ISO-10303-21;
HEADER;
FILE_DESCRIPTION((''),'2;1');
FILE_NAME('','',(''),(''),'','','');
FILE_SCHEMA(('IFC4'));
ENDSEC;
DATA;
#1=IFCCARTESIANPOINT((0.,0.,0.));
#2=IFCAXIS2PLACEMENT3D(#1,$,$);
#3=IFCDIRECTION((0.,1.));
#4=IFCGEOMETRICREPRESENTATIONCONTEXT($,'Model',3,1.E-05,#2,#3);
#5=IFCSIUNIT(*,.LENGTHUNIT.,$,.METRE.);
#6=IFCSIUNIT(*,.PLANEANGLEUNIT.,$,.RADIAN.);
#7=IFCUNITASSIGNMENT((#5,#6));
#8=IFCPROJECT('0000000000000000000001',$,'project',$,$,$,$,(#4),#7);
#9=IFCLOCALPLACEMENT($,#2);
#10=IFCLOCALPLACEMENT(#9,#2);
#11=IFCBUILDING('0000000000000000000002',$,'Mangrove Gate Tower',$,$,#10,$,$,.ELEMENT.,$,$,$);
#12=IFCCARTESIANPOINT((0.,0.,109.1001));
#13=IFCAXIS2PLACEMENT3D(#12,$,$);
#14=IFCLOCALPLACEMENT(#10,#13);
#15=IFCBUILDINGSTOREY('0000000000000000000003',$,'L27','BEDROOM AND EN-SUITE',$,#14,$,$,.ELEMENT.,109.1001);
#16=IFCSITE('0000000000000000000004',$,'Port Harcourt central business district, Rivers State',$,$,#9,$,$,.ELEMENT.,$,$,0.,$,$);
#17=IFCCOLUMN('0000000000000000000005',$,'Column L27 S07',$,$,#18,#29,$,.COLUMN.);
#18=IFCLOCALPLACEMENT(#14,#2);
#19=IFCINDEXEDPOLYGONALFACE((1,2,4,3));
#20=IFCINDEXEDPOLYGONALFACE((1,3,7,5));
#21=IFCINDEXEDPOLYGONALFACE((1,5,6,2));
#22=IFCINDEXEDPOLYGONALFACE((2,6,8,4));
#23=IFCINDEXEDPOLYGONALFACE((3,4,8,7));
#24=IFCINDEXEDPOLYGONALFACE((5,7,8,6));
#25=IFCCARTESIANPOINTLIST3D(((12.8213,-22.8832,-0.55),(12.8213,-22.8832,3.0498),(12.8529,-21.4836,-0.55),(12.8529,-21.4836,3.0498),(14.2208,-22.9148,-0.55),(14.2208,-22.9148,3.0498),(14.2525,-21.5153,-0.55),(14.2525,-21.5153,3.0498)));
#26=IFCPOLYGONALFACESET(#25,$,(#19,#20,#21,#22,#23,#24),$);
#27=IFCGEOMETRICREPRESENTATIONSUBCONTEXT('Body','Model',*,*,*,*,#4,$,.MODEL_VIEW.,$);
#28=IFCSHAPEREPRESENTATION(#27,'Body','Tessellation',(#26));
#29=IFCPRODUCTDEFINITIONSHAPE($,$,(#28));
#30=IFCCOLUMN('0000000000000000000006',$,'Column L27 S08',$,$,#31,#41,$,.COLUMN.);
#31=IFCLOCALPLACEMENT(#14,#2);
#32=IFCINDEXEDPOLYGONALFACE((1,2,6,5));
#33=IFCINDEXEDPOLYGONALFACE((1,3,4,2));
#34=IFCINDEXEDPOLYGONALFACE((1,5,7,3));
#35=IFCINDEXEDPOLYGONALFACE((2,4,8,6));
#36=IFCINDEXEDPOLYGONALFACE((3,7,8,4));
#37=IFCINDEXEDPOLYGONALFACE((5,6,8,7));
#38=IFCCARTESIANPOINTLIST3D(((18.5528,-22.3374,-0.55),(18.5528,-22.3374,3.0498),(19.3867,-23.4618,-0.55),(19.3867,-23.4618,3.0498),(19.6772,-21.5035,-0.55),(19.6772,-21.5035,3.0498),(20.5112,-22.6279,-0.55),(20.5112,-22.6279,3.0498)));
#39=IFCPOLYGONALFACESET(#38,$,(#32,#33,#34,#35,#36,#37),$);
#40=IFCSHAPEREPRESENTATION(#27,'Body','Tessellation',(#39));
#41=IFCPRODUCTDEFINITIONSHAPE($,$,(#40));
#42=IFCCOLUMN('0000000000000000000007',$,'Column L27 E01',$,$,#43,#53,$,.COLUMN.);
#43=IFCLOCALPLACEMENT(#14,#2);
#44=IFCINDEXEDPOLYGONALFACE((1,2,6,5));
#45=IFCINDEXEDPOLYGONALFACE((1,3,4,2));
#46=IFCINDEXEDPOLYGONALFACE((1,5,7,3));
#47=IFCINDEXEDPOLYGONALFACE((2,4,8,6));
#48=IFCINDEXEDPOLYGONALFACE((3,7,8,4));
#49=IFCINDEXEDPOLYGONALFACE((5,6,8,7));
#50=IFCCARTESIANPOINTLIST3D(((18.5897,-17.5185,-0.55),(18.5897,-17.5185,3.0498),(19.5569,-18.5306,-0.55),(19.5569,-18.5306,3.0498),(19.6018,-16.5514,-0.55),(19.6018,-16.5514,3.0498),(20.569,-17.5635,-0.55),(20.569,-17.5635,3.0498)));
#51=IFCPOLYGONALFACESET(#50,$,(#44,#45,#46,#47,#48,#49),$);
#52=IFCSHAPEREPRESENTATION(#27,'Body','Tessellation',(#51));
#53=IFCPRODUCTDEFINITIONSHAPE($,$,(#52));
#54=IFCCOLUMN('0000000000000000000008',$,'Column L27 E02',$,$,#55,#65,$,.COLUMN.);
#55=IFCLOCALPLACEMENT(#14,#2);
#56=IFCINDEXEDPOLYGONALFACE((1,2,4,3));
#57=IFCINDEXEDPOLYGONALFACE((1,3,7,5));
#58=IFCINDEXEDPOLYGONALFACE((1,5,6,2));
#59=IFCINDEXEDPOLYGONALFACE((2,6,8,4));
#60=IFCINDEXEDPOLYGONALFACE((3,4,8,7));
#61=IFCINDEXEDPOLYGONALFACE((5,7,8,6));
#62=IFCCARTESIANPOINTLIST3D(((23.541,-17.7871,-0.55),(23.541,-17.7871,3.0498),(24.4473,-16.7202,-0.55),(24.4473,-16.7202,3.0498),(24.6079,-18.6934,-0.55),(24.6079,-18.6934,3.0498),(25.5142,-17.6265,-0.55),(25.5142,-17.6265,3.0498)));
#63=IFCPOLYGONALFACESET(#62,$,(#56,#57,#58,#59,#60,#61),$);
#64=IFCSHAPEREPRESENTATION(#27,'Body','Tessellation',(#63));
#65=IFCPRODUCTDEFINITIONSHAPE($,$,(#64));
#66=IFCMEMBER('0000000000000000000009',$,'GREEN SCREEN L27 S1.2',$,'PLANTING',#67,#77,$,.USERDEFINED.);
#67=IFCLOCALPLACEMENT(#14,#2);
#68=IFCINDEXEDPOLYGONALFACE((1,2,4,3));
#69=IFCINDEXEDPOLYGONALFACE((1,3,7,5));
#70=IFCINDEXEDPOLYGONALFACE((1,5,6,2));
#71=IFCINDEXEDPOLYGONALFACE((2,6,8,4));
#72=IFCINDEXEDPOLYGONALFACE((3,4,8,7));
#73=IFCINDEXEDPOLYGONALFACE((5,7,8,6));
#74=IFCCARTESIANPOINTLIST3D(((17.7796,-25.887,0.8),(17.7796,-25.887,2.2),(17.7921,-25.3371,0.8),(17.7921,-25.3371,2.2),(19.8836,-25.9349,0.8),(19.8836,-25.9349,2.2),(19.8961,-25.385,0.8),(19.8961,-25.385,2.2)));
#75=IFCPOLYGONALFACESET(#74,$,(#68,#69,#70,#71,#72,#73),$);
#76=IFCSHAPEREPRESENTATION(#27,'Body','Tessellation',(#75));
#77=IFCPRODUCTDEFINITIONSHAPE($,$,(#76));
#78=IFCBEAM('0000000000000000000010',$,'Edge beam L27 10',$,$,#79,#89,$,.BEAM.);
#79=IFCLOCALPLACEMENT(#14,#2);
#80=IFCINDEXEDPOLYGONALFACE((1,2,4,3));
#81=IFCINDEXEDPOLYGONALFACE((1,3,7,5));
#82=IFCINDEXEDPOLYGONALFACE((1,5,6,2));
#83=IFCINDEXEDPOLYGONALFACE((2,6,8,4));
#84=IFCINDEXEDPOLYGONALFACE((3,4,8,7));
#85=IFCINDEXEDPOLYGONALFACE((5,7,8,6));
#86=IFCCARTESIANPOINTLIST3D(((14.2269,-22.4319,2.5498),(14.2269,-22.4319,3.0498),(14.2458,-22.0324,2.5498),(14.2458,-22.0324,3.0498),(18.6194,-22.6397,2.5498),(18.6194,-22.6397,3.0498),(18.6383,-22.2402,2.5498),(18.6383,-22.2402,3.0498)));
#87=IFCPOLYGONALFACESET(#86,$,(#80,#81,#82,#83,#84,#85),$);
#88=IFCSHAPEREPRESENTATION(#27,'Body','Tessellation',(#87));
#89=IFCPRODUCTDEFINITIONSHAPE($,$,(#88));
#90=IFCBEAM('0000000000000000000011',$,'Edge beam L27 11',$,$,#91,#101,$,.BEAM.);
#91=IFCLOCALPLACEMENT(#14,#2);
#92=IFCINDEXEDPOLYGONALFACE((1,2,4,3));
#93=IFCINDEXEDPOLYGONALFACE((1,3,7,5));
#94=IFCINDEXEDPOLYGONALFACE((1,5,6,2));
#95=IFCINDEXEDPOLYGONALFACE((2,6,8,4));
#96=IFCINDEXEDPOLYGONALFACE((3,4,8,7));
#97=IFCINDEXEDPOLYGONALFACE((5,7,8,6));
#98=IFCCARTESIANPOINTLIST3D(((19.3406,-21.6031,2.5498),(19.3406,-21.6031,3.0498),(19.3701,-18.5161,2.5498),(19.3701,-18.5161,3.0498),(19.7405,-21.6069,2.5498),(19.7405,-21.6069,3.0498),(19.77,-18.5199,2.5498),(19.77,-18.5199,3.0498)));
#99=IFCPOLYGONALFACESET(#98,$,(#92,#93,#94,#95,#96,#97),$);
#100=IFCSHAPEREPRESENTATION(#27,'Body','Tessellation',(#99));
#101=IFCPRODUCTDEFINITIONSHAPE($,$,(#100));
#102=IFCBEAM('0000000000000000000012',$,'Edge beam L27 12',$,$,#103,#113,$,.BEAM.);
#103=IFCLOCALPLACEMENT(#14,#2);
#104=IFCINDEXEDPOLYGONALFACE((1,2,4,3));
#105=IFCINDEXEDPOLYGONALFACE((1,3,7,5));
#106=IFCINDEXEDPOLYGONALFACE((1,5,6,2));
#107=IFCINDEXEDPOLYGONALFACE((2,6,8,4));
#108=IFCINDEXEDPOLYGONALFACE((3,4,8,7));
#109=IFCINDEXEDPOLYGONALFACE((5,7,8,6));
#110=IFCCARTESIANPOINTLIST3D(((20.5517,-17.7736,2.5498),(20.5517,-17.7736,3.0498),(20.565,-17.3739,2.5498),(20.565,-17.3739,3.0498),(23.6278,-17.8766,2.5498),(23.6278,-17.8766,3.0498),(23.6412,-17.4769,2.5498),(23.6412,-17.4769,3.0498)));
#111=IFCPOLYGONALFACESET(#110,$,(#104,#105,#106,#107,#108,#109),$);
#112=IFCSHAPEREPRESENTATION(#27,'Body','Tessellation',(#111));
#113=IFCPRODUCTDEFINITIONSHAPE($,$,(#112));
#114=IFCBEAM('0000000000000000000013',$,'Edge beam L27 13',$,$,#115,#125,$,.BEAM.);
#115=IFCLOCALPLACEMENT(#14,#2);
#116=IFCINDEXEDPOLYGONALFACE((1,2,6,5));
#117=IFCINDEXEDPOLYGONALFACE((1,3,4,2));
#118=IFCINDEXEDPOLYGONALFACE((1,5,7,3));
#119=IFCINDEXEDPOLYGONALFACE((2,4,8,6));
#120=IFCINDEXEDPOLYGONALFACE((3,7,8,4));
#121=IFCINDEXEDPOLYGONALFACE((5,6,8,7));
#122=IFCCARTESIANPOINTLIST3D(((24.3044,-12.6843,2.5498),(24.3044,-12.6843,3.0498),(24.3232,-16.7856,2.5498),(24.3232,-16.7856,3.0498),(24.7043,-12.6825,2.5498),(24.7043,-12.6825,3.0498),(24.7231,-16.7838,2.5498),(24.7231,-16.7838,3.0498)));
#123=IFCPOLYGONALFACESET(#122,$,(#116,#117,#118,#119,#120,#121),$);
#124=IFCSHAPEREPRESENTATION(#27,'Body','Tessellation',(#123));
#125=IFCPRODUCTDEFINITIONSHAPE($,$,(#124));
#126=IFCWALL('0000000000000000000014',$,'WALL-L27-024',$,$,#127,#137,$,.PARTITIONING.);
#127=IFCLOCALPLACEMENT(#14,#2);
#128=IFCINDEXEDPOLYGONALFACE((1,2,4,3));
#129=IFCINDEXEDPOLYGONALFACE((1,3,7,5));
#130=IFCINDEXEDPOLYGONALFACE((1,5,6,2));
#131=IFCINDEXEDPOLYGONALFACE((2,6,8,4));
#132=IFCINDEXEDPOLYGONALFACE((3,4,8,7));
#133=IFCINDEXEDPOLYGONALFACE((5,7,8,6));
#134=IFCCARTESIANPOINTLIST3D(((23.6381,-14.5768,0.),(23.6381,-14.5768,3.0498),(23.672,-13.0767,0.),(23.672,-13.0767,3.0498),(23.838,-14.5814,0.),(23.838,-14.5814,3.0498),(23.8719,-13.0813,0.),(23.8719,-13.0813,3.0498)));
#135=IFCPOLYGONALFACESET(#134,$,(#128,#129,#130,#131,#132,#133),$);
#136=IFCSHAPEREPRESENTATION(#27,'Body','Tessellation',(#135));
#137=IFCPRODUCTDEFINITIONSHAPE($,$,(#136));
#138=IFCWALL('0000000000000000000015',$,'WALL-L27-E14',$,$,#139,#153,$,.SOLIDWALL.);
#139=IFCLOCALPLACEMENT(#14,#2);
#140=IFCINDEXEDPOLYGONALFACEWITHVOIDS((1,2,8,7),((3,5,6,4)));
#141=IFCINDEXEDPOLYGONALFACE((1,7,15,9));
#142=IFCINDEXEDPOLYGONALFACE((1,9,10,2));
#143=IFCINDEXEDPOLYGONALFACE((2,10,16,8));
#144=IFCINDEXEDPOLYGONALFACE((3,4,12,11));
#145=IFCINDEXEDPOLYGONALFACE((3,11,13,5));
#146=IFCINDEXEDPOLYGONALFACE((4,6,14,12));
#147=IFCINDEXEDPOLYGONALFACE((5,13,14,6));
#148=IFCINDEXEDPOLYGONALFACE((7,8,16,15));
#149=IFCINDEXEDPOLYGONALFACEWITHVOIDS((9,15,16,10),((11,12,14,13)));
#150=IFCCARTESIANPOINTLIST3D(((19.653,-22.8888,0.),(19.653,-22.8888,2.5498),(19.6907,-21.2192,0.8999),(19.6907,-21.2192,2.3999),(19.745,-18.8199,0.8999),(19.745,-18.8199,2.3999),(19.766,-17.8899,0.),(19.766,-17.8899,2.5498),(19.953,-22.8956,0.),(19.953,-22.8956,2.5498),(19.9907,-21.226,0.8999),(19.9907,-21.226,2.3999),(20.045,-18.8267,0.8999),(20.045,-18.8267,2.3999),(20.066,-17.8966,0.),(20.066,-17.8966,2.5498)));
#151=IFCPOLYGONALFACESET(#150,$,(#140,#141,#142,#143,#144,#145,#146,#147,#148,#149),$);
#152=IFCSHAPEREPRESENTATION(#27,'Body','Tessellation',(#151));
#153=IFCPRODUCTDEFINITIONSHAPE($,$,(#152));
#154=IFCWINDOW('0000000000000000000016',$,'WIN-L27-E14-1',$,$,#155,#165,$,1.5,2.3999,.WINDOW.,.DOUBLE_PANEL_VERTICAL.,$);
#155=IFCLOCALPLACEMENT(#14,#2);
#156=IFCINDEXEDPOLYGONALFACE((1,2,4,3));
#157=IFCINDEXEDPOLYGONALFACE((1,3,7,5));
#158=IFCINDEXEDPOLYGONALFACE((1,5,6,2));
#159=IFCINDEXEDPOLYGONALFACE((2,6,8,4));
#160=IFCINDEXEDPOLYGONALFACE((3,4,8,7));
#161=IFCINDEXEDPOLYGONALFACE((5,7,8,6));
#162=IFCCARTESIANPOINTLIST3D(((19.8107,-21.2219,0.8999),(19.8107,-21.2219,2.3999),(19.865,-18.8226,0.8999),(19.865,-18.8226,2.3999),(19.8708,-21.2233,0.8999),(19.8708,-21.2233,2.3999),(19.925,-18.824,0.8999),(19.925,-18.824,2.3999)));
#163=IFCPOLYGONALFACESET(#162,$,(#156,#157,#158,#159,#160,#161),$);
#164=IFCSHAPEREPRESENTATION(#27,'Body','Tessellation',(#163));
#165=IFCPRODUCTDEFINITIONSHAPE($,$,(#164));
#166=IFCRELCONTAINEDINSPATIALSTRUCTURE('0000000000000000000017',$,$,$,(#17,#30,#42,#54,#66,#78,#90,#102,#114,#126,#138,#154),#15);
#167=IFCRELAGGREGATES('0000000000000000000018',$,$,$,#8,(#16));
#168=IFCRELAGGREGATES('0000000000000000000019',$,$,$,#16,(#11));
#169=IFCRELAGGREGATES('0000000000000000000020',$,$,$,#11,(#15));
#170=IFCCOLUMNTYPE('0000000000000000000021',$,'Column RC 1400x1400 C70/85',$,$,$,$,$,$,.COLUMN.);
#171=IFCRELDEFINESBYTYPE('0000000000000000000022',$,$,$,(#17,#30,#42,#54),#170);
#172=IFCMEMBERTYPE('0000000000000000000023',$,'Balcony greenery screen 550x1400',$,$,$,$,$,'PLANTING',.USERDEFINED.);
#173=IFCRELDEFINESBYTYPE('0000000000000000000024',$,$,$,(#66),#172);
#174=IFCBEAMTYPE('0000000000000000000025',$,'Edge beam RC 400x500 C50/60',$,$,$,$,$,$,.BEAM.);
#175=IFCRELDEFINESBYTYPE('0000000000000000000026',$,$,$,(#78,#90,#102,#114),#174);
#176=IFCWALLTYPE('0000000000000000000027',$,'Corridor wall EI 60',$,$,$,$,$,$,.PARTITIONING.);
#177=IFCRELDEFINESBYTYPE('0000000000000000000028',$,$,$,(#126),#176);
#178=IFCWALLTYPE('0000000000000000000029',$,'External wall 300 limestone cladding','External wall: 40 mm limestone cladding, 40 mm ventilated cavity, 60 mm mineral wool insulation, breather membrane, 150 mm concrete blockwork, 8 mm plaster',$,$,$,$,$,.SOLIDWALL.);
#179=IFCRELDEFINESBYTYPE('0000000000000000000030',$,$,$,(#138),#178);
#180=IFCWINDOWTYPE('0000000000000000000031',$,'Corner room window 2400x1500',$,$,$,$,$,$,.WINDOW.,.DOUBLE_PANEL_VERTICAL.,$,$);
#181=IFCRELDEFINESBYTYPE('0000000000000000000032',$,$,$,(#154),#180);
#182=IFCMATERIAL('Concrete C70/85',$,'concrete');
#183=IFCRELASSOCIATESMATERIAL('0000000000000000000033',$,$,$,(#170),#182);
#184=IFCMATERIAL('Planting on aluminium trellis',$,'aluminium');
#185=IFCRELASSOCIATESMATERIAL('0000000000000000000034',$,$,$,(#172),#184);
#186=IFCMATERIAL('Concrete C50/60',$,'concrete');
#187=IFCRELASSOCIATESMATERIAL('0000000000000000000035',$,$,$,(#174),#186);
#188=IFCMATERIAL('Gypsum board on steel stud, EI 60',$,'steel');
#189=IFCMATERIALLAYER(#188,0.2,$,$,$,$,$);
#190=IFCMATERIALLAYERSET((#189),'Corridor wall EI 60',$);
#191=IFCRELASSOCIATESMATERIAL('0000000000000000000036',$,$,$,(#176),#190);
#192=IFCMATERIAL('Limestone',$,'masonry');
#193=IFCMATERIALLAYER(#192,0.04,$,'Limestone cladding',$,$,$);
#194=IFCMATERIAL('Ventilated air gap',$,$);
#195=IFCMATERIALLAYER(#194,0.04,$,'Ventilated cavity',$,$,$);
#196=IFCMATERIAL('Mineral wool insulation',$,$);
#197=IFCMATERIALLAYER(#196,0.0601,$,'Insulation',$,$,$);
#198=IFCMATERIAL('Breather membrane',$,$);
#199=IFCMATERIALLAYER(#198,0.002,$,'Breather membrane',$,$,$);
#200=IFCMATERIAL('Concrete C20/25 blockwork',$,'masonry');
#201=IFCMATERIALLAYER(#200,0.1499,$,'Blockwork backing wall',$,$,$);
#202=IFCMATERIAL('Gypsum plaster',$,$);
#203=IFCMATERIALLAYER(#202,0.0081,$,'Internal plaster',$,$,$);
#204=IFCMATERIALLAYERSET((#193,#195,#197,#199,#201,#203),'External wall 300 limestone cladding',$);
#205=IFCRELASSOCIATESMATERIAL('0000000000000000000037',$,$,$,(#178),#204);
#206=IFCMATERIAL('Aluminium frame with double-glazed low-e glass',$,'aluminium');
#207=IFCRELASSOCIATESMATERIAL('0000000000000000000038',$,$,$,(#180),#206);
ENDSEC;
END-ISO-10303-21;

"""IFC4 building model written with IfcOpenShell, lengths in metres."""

from ifc_helpers import new_model, si_unit, direction, frame, frame_2d, origin, origin_2d, place, context, subcontext, project, spatial, rectangle, extrude, material, layer, layer_set, material_profile, profile_set, type_object, element, fill, save


model = new_model("IFC4")

# Units and contexts
model_context = context("Model", 3, precision=1e-05, world=origin(), true_north=direction((0.0, 1.0)))
body_context = subcontext(model_context, "Body", "Model", "MODEL_VIEW")
ifc_project = project(units=[si_unit("LENGTHUNIT", "METRE"), si_unit("PLANEANGLEUNIT", "RADIAN")], contexts=[model_context])

# Site, building, storey
site_placement = place(None, origin())
site = spatial("IfcSite", under=ifc_project, at=site_placement, Name="Port Harcourt central business district, Rivers State", CompositionType="ELEMENT", RefElevation=0.0)
building_placement = place(site_placement, origin())
building = spatial("IfcBuilding", under=site, at=building_placement, Name="Mangrove Gate Tower", CompositionType="ELEMENT")
storey_placement = place(building_placement, frame((0.0, 0.0, 109.1001)))
storey = spatial("IfcBuildingStorey", under=building, at=storey_placement, Name="L27", Description="BEDROOM AND EN-SUITE", CompositionType="ELEMENT", Elevation=109.1001)

# Columns
ifc_material_1 = material(Name="Concrete C70/85", Category="concrete")
ifc_material_profile_1 = material_profile(ifc_material_1, rectangle(XDim=1.3999, YDim=1.3999, at=origin_2d()))
ifc_profile_set_1 = profile_set([ifc_material_profile_1], Name="Concrete C70/85")
column_type = type_object("IfcColumnType", Name="Column RC 1400x1400 C70/85", PredefinedType="COLUMN", material=ifc_profile_set_1)
for number, where, z_axis, x_axis, name in (
    (1, (13.5369, -22.1992, -0.55), (0.0, 0.0, 1.0), (0.999744, -0.02263, 0.0), "Column L27 S07"),
    (2, (19.532, -22.4827, -0.55), (0.0, 0.0, 1.0), (0.8032, 0.595709, 0.0), "Column L27 S08"),
    (3, (19.5793, -17.541, -0.55), (0.0, 0.0, 1.0), (0.722977, 0.690873, 0.0), "Column L27 E01"),
    (4, (24.5276, -17.7068, -0.55), (0.0, 0.0, 1.0), (0.647444, 0.762113, 0.0), "Column L27 E02"),
):
    element("IfcColumn", number, at=place(storey_placement, frame(where, z_axis=z_axis, x_axis=x_axis)), inside=storey, type_object=column_type, Name=name, PredefinedType="COLUMN", context=body_context, shape_type="SweptSolid", body=[
        extrude(rectangle(XDim=1.3999, YDim=1.3999, at=origin_2d()), origin(), (0.0, 0.0, 1.0), 3.5999),
    ])

# Member
ifc_material_2 = material(Name="Planting on aluminium trellis", Category="aluminium")
ifc_material_profile_2 = material_profile(ifc_material_2, rectangle(XDim=0.55, YDim=1.3999, at=origin_2d()))
ifc_profile_set_2 = profile_set([ifc_material_profile_2], Name="Planting on aluminium trellis")
member_type = type_object("IfcMemberType", Name="Balcony greenery screen 550x1400", ElementType="PLANTING", PredefinedType="USERDEFINED", material=ifc_profile_set_2)
member_placement = place(storey_placement, frame((17.7859, -25.6121, 1.5), z_axis=(0.999741, -0.022737, 0.0), x_axis=(0.022737, 0.999741, 0.0)))
element("IfcMember", 5, at=member_placement, inside=storey, type_object=member_type, Name="GREEN SCREEN L27 S1.2", ObjectType="PLANTING", PredefinedType="USERDEFINED", context=body_context, shape_type="SweptSolid", body=[
    extrude(rectangle(XDim=0.55, YDim=1.3999, at=origin_2d()), origin(), (0.0, 0.0, 1.0), 2.1045),
])

# Beams
ifc_material_3 = material(Name="Concrete C50/60", Category="concrete")
ifc_material_profile_3 = material_profile(ifc_material_3, rectangle(XDim=0.3999, YDim=0.5, at=origin_2d()))
ifc_profile_set_3 = profile_set([ifc_material_profile_3], Name="Concrete C50/60")
beam_type = type_object("IfcBeamType", Name="Edge beam RC 400x500 C50/60", PredefinedType="BEAM", material=ifc_profile_set_3)
beam_1_placement = place(storey_placement, frame((14.2363, -22.2322, 2.7998), z_axis=(0.998883, -0.047246, 0.0), x_axis=(0.047246, 0.998883, 0.0)))
element("IfcBeam", 6, at=beam_1_placement, inside=storey, type_object=beam_type, Name="Edge beam L27 10", PredefinedType="BEAM", context=body_context, shape_type="SweptSolid", body=[
    extrude(rectangle(XDim=0.3999, YDim=0.5, at=origin_2d()), origin(), (0.0, 0.0, 1.0), 4.3975),
])
beam_2_placement = place(storey_placement, frame((19.5405, -21.605, 2.7998), z_axis=(0.009569, 0.999954, 0.0), x_axis=(-0.999954, 0.009569, 0.0)))
element("IfcBeam", 7, at=beam_2_placement, inside=storey, type_object=beam_type, Name="Edge beam L27 11", PredefinedType="BEAM", context=body_context, shape_type="SweptSolid", body=[
    extrude(rectangle(XDim=0.3999, YDim=0.5, at=origin_2d()), origin(), (0.0, 0.0, 1.0), 3.0872),
])
beam_3_placement = place(storey_placement, frame((20.5583, -17.5737, 2.7998), z_axis=(0.99944, -0.033473, 0.0), x_axis=(0.033473, 0.99944, 0.0)))
element("IfcBeam", 8, at=beam_3_placement, inside=storey, type_object=beam_type, Name="Edge beam L27 12", PredefinedType="BEAM", context=body_context, shape_type="SweptSolid", body=[
    extrude(rectangle(XDim=0.3999, YDim=0.5, at=origin_2d()), origin(), (0.0, 0.0, 1.0), 3.0779),
])
beam_4_placement = place(storey_placement, frame((24.5232, -16.7847, 2.7998), z_axis=(-0.004584, 0.999989, 0.0), x_axis=(-0.999989, -0.004584, 0.0)))
element("IfcBeam", 9, at=beam_4_placement, inside=storey, type_object=beam_type, Name="Edge beam L27 13", PredefinedType="BEAM", context=body_context, shape_type="SweptSolid", body=[
    extrude(rectangle(XDim=0.3999, YDim=0.5, at=origin_2d()), origin(), (0.0, 0.0, 1.0), 4.1013),
])

# Wall
ifc_material_4 = material(Name="Gypsum board on steel stud, EI 60", Category="steel")
ifc_layer_1 = layer(ifc_material_4, 0.2)
ifc_layer_set_1 = layer_set([ifc_layer_1], Name="Corridor wall EI 60")
wall_type_1 = type_object("IfcWallType", Name="Corridor wall EI 60", PredefinedType="PARTITIONING", material=ifc_layer_set_1)
wall_1_placement = place(storey_placement, frame((23.738, -14.5791, 0.0), z_axis=(0.0, 0.0, 1.0), x_axis=(0.022618, 0.999744, 0.0)))
element("IfcWall", 10, at=wall_1_placement, inside=storey, type_object=wall_type_1, Name="WALL-L27-024", PredefinedType="PARTITIONING", context=body_context, shape_type="SweptSolid", body=[
    extrude(rectangle(XDim=1.5005, YDim=0.2, at=frame_2d((0.7502, 0.0))), origin(), (0.0, 0.0, 1.0), 3.0498),
])

# Shared definitions
ifc_material_5 = material(Name="Limestone", Category="masonry")
ifc_layer_2 = layer(ifc_material_5, 0.04, Name="Limestone cladding")
ifc_material_6 = material(Name="Ventilated air gap")
ifc_layer_3 = layer(ifc_material_6, 0.04, Name="Ventilated cavity")
ifc_material_7 = material(Name="Mineral wool insulation")
ifc_layer_4 = layer(ifc_material_7, 0.0601, Name="Insulation")
ifc_material_8 = material(Name="Breather membrane")
ifc_layer_5 = layer(ifc_material_8, 0.002, Name="Breather membrane")
ifc_material_9 = material(Name="Concrete C20/25 blockwork", Category="masonry")
ifc_layer_6 = layer(ifc_material_9, 0.1499, Name="Blockwork backing wall")
ifc_material_10 = material(Name="Gypsum plaster")
ifc_layer_7 = layer(ifc_material_10, 0.0081, Name="Internal plaster")
ifc_layer_set_2 = layer_set([ifc_layer_2, ifc_layer_3, ifc_layer_4, ifc_layer_5, ifc_layer_6, ifc_layer_7], Name="External wall 300 limestone cladding")
wall_type_2 = type_object("IfcWallType", Name="External wall 300 limestone cladding", Description="External wall: 40 mm limestone cladding, 40 mm ventilated cavity, 60 mm mineral wool insulation, breather membrane, 150 mm concrete blockwork, 8 mm plaster", PredefinedType="SOLIDWALL", material=ifc_layer_set_2)
ifc_material_11 = material(Name="Aluminium frame with double-glazed low-e glass", Category="aluminium")
window_type = type_object("IfcWindowType", Name="Corner room window 2400x1500", PartitioningType="DOUBLE_PANEL_VERTICAL", PredefinedType="WINDOW", material=ifc_material_11)

# Wall, opening, window
wall_2_placement = place(storey_placement, frame((19.803, -22.8921, 0.0), z_axis=(0.0, 0.0, 1.0), x_axis=(0.022606, 0.999744, 0.0)))
wall_2 = element("IfcWall", 11, at=wall_2_placement, inside=storey, type_object=wall_type_2, Name="WALL-L27-E14", PredefinedType="SOLIDWALL", context=body_context, shape_type="SweptSolid", body=[
    extrude(rectangle(XDim=5.0002, YDim=0.3, at=frame_2d((2.5, 0.0))), origin(), (0.0, 0.0, 1.0), 2.5498),
])
opening_1_placement = place(wall_2_placement, frame((1.6699, 0.0, 0.8999)))
opening_1 = element("IfcOpeningElement", 12, at=opening_1_placement, cuts=wall_2, PredefinedType="OPENING", context=body_context, shape_type="SweptSolid", body=[
    extrude(rectangle(XDim=2.3999, YDim=1.5, at=frame_2d((1.2, 0.75))), frame((0.0, 0.1599, 0.0), z_axis=(0.0, -1.0, 0.0), x_axis=(1.0, 0.0, 0.0)), (0.0, 0.0, 1.0), 0.3201),
])
window_1_placement = place(opening_1_placement, origin())
window_1 = element("IfcWindow", 13, at=window_1_placement, inside=storey, type_object=window_type, Name="WIN-L27-E14-1", OverallHeight=1.5, OverallWidth=2.3999, PartitioningType="DOUBLE_PANEL_VERTICAL", PredefinedType="WINDOW", context=body_context, shape_type="SweptSolid", body=[
    extrude(rectangle(XDim=2.3999, YDim=1.5, at=frame_2d((1.2, 0.75))), frame((0.0, 0.03, 0.0), z_axis=(0.0, -1.0, 0.0), x_axis=(1.0, 0.0, 0.0)), (0.0, 0.0, 1.0), 0.0601),
])
fill(opening_1, window_1)

save(model, "model.ifc")
